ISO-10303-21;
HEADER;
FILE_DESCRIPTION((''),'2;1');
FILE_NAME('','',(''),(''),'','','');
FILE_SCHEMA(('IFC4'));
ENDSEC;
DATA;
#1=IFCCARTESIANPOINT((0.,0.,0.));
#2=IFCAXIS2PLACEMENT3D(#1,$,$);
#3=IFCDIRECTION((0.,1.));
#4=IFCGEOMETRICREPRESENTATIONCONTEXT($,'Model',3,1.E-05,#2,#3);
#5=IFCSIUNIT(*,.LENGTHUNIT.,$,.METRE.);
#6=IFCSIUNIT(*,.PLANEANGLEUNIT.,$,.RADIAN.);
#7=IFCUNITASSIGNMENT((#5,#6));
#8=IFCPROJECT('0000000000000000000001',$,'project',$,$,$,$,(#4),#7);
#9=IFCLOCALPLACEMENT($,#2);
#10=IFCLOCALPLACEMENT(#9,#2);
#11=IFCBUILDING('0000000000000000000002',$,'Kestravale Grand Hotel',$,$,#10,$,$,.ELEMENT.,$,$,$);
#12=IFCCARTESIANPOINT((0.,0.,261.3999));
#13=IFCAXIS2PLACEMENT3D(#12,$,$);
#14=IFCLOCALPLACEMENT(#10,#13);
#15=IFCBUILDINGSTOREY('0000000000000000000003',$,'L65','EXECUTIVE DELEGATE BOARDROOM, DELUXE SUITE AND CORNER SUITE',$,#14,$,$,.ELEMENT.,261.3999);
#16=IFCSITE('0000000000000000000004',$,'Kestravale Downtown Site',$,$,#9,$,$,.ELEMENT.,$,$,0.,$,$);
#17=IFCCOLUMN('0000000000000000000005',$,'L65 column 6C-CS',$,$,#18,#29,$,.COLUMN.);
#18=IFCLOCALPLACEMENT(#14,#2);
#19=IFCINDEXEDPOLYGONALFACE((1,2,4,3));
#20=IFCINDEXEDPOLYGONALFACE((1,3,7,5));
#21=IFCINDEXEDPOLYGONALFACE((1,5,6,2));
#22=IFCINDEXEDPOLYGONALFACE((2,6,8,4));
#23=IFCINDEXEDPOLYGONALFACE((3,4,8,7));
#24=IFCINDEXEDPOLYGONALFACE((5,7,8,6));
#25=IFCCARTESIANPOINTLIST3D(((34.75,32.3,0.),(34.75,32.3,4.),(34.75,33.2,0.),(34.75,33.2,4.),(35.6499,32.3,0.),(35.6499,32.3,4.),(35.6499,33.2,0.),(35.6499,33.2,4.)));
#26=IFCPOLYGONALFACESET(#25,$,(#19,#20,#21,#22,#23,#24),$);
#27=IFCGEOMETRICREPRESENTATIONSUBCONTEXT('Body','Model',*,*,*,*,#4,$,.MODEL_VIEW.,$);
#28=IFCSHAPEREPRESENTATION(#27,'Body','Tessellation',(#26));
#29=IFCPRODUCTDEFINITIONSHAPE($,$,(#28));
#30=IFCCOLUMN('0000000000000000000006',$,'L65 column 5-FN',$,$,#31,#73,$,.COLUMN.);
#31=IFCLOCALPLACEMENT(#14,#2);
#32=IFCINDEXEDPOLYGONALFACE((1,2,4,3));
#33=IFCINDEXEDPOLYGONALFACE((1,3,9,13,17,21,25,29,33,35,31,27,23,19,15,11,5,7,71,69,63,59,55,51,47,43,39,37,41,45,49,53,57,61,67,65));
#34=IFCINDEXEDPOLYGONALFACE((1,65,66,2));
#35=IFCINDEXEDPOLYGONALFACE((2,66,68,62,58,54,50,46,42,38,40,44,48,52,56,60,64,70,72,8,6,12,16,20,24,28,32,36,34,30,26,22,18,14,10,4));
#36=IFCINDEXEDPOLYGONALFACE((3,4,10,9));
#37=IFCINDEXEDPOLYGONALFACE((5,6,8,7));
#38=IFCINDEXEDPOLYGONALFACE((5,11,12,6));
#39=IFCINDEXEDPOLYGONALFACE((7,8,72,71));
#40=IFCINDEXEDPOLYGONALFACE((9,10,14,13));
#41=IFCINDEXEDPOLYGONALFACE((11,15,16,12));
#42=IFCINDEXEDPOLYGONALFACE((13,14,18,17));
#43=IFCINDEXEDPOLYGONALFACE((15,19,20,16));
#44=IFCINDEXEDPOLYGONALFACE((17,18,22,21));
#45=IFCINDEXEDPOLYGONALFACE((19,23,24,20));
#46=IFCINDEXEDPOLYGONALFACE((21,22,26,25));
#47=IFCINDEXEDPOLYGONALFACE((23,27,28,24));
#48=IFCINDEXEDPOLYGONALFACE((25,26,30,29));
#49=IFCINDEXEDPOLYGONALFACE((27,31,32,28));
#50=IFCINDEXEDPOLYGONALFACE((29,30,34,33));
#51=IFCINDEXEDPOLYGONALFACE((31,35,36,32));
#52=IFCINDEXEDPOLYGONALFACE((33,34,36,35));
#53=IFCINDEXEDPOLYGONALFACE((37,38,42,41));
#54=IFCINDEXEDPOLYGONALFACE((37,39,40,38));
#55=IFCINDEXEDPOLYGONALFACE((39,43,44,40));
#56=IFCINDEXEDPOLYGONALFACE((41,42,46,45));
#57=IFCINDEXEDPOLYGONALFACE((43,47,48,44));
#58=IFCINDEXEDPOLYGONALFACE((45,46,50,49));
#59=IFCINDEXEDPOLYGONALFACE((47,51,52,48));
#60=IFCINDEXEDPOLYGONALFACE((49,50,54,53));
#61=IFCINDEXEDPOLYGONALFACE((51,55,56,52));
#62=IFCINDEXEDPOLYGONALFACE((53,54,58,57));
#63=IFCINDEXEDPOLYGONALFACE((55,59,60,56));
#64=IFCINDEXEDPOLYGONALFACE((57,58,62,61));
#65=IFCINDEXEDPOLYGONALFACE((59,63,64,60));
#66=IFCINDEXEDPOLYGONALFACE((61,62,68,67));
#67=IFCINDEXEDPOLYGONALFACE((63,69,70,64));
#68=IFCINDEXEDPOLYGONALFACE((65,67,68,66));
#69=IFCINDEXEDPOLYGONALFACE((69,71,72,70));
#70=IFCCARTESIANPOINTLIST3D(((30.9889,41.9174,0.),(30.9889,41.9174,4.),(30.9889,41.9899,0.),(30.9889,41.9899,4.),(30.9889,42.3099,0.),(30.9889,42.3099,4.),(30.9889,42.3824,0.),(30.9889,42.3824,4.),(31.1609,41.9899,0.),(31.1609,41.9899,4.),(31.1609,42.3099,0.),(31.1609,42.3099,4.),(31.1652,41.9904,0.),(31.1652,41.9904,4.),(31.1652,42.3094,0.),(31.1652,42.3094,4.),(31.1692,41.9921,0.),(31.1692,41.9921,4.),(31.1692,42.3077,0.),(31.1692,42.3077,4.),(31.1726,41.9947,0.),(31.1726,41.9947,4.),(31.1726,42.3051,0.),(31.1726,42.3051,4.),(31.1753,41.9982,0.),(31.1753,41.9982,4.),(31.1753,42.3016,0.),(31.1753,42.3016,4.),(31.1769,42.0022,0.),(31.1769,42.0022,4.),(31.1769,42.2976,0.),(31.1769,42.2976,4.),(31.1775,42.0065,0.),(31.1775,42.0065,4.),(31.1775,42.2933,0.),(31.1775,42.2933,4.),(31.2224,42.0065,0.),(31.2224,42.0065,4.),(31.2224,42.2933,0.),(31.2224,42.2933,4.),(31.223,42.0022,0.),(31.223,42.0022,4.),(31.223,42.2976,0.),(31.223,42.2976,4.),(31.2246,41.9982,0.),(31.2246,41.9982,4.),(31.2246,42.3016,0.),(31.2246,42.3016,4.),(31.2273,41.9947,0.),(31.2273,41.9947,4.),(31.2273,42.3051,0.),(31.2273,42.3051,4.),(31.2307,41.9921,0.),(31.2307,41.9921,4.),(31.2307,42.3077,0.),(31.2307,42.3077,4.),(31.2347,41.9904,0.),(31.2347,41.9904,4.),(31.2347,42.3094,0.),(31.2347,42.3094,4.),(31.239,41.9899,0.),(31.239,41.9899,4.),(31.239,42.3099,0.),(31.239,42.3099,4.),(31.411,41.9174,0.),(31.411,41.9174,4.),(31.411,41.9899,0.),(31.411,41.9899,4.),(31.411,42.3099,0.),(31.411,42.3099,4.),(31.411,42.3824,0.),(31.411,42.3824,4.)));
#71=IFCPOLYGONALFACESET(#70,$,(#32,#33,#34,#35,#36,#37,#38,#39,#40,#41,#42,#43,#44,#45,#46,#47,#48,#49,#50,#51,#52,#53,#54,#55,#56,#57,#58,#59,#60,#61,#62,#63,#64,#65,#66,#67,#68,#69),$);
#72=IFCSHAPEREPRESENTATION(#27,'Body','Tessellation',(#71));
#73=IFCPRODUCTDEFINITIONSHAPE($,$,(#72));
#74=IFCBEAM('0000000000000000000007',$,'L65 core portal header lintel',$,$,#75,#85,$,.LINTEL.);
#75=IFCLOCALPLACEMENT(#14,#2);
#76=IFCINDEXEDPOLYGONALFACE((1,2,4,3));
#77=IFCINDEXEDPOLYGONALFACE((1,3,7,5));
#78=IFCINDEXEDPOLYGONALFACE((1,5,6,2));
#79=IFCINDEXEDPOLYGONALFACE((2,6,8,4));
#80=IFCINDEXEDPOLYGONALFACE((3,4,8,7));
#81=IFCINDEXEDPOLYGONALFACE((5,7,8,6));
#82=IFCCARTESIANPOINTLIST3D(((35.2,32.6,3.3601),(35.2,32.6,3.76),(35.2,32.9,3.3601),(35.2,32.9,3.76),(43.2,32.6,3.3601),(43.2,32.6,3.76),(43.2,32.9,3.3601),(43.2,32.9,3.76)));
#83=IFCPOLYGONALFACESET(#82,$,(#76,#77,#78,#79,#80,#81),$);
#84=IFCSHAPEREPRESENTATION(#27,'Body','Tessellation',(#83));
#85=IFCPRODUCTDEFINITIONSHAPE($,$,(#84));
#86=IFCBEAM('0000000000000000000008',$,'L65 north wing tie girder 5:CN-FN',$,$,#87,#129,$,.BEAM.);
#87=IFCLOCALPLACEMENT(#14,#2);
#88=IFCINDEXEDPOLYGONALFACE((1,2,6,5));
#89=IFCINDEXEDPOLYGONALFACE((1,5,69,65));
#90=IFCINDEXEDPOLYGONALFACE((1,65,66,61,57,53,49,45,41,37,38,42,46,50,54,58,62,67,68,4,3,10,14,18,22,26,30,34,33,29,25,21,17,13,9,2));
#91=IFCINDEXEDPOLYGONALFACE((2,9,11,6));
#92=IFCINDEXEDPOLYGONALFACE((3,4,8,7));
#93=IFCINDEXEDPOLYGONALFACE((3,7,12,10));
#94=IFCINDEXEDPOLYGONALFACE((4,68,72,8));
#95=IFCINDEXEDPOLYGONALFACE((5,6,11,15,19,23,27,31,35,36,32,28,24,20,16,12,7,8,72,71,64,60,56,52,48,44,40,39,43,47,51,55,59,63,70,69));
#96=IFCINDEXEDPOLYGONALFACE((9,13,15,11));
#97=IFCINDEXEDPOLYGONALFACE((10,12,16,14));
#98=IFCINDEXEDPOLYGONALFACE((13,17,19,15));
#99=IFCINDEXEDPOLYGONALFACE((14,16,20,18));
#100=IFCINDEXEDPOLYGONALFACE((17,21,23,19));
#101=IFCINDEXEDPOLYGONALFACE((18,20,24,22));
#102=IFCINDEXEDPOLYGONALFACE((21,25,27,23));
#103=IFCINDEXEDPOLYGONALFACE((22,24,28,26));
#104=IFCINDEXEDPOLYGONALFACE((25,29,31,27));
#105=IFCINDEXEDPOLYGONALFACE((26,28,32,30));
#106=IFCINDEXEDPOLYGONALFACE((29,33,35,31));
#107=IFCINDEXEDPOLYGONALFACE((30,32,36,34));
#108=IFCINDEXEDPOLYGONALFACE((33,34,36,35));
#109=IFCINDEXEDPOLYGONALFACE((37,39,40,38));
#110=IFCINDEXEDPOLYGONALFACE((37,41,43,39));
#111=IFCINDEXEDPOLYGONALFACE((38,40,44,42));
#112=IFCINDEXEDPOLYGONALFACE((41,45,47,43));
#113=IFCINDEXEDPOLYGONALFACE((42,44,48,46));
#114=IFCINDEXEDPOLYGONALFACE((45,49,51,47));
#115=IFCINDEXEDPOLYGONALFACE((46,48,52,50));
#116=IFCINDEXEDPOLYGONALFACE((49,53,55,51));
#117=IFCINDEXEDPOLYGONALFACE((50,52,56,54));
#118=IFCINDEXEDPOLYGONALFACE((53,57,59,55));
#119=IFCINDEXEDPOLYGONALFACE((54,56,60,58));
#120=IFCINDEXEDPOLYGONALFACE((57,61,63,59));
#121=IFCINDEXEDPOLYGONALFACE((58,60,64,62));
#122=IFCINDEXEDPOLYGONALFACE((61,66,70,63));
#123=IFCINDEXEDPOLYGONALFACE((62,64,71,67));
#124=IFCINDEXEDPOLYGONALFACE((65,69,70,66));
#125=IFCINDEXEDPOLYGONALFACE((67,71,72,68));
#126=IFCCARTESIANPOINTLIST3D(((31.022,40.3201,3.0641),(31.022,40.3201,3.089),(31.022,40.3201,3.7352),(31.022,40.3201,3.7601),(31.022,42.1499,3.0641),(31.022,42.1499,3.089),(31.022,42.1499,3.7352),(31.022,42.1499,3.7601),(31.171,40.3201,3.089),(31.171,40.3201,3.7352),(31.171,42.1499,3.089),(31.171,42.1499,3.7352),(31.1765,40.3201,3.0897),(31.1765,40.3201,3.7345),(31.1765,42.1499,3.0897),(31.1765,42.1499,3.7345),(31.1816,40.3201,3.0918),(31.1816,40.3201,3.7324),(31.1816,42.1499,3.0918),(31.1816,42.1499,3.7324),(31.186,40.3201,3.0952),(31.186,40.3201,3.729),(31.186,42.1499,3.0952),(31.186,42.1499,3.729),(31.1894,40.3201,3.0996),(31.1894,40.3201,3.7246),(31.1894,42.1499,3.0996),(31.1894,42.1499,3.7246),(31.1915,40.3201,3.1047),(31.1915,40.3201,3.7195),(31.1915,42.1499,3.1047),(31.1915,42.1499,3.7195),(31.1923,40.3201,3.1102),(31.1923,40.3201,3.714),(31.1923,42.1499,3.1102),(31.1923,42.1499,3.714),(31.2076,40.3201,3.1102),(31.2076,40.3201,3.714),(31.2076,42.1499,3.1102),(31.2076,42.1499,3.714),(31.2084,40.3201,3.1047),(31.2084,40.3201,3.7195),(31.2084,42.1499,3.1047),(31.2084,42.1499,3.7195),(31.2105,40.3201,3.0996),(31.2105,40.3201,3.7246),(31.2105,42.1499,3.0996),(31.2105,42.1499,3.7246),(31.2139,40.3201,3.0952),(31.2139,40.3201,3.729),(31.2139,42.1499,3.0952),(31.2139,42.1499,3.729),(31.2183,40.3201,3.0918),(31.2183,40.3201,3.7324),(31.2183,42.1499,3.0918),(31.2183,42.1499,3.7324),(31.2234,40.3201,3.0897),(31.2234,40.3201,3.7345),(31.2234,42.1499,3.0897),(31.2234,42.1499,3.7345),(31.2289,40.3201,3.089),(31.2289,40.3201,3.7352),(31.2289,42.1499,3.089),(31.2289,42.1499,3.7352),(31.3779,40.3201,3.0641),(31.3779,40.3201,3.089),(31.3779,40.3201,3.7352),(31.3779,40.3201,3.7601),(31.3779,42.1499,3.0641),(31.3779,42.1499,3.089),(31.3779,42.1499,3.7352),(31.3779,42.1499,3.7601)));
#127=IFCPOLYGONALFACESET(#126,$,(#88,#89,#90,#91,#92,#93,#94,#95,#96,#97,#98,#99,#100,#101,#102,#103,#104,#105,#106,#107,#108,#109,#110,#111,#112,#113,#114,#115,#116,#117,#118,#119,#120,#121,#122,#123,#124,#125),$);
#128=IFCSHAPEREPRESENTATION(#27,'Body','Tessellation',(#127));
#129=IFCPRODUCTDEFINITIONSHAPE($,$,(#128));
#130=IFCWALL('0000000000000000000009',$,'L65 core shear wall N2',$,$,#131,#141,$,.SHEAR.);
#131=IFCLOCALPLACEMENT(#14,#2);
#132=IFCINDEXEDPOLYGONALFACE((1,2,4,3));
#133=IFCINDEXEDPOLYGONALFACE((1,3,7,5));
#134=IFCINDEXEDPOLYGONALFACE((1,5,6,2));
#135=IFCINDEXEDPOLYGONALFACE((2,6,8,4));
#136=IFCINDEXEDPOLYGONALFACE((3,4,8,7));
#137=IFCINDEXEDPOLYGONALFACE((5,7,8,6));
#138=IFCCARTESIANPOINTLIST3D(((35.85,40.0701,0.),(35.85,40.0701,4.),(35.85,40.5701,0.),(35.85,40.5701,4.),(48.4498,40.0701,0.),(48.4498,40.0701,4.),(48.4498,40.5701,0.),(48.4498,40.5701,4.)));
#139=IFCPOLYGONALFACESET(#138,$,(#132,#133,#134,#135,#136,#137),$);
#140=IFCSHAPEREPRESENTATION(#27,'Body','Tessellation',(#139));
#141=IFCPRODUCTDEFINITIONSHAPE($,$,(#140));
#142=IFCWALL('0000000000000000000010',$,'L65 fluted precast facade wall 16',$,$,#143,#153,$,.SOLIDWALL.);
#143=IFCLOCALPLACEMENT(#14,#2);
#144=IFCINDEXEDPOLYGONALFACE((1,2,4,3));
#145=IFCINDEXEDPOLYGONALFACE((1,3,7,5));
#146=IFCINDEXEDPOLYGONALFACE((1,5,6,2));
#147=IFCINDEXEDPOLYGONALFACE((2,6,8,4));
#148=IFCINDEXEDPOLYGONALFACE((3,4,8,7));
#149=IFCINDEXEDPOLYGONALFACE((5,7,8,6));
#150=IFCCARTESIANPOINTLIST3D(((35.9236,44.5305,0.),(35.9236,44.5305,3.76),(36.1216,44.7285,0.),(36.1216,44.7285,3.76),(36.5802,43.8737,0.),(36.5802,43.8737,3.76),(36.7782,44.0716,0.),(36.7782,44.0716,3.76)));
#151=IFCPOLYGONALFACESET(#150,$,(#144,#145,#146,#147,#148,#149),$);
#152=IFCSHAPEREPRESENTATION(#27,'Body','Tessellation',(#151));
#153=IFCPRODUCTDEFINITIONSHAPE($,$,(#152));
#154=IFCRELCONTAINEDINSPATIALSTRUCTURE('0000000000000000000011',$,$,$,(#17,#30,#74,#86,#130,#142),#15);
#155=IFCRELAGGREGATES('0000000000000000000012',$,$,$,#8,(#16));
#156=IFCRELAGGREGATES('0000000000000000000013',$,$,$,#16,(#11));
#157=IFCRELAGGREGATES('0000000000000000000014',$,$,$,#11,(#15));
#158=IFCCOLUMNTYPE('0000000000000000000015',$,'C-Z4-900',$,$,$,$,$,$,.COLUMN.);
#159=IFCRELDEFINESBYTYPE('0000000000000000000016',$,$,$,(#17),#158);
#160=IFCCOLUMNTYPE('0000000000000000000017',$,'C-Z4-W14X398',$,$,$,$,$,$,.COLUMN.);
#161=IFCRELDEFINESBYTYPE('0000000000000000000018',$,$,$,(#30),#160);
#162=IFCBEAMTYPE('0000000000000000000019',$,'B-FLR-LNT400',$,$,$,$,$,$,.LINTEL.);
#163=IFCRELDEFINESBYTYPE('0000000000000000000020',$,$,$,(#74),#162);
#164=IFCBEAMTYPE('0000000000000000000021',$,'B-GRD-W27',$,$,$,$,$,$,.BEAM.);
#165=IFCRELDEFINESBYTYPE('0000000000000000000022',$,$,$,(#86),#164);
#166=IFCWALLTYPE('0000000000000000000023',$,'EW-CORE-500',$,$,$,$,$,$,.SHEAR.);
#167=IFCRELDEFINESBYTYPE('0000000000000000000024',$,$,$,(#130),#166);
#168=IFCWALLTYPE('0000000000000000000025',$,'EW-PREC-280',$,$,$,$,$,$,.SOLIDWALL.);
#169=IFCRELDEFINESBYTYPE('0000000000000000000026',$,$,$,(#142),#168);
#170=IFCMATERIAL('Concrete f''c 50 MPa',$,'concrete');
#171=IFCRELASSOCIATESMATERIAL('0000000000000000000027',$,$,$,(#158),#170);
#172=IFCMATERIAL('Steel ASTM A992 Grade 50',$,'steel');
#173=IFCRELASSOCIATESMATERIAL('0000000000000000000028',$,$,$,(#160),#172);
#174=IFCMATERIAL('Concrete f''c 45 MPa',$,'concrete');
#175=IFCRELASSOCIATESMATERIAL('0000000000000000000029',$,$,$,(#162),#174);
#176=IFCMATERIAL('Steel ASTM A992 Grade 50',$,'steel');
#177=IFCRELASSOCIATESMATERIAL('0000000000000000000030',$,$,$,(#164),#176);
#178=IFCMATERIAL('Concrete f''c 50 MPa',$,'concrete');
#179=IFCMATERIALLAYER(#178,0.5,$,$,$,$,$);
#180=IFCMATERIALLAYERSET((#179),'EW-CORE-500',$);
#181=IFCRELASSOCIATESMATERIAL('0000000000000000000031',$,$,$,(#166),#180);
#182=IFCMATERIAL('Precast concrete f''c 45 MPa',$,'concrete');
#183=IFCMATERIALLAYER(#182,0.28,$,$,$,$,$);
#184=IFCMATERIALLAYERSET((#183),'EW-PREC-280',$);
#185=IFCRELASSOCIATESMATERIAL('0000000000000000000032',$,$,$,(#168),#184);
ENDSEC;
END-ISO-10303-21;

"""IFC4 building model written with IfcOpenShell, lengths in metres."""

from ifc_helpers import new_model, si_unit, direction, frame, frame_2d, origin, origin_2d, place, context, subcontext, project, spatial, rectangle, i_section, extrude, material, layer, layer_set, material_profile, profile_set, type_object, element, save


model = new_model("IFC4")

# Units and contexts
model_context = context("Model", 3, precision=1e-05, world=origin(), true_north=direction((0.0, 1.0)))
body_context = subcontext(model_context, "Body", "Model", "MODEL_VIEW")
ifc_project = project(units=[si_unit("LENGTHUNIT", "METRE"), si_unit("PLANEANGLEUNIT", "RADIAN")], contexts=[model_context])

# Site, building, storey
site_placement = place(None, origin())
site = spatial("IfcSite", under=ifc_project, at=site_placement, Name="Kestravale Downtown Site", CompositionType="ELEMENT", RefElevation=0.0)
building_placement = place(site_placement, origin())
building = spatial("IfcBuilding", under=site, at=building_placement, Name="Kestravale Grand Hotel", CompositionType="ELEMENT")
storey_placement = place(building_placement, frame((0.0, 0.0, 261.3999)))
storey = spatial("IfcBuildingStorey", under=building, at=storey_placement, Name="L65", Description="EXECUTIVE DELEGATE BOARDROOM, DELUXE SUITE AND CORNER SUITE", CompositionType="ELEMENT", Elevation=261.3999)

# Columns
ifc_material_1 = material(Name="Concrete f'c 50 MPa", Category="concrete")
ifc_material_profile_1 = material_profile(ifc_material_1, rectangle(XDim=0.8999, YDim=0.8999, at=origin_2d()))
ifc_profile_set_1 = profile_set([ifc_material_profile_1], Name="Concrete f'c 50 MPa")
column_type_1 = type_object("IfcColumnType", Name="C-Z4-900", PredefinedType="COLUMN", material=ifc_profile_set_1)
column_1_placement = place(storey_placement, frame((35.2, 32.75, 0.0), z_axis=(0.0, 0.0, 1.0), x_axis=(1.0, 0.0, 0.0)))
element("IfcColumn", 1, at=column_1_placement, inside=storey, type_object=column_type_1, Name="L65 column 6C-CS", PredefinedType="COLUMN", context=body_context, shape_type="SweptSolid", body=[
    extrude(rectangle(XDim=0.8999, YDim=0.8999, at=origin_2d()), origin(), (0.0, 0.0, 1.0), 4.0),
])
ifc_material_2 = material(Name="Steel ASTM A992 Grade 50", Category="steel")
ifc_material_profile_2 = material_profile(ifc_material_2, i_section(OverallWidth=0.4221, OverallDepth=0.4651, WebThickness=0.0449, FlangeThickness=0.0725, FilletRadius=0.0166, at=origin_2d()))
ifc_profile_set_2 = profile_set([ifc_material_profile_2], Name="Steel ASTM A992 Grade 50")
column_type_2 = type_object("IfcColumnType", Name="C-Z4-W14X398", PredefinedType="COLUMN", material=ifc_profile_set_2)
column_2_placement = place(storey_placement, frame((31.2, 42.1499, 0.0), z_axis=(0.0, 0.0, 1.0), x_axis=(1.0, 0.0, 0.0)))
element("IfcColumn", 2, at=column_2_placement, inside=storey, type_object=column_type_2, Name="L65 column 5-FN", PredefinedType="COLUMN", context=body_context, shape_type="SweptSolid", body=[
    extrude(i_section(OverallWidth=0.4221, OverallDepth=0.4651, WebThickness=0.0449, FlangeThickness=0.0725, FilletRadius=0.0166, at=origin_2d()), origin(), (0.0, 0.0, 1.0), 4.0),
])

# Beams
ifc_material_3 = material(Name="Concrete f'c 45 MPa", Category="concrete")
ifc_material_profile_3 = material_profile(ifc_material_3, rectangle(XDim=0.3, YDim=0.3999, at=origin_2d()))
ifc_profile_set_3 = profile_set([ifc_material_profile_3], Name="Concrete f'c 45 MPa")
beam_type_1 = type_object("IfcBeamType", Name="B-FLR-LNT400", PredefinedType="LINTEL", material=ifc_profile_set_3)
beam_1_placement = place(storey_placement, frame((35.2, 32.75, 3.5601), z_axis=(1.0, 0.0, 0.0), x_axis=(0.0, 1.0, 0.0)))
element("IfcBeam", 3, at=beam_1_placement, inside=storey, type_object=beam_type_1, Name="L65 core portal header lintel", PredefinedType="LINTEL", context=body_context, shape_type="SweptSolid", body=[
    extrude(rectangle(XDim=0.3, YDim=0.3999, at=origin_2d()), origin(), (0.0, 0.0, 1.0), 8.0),
])
ifc_material_4 = material(Name="Steel ASTM A992 Grade 50", Category="steel")
ifc_material_profile_4 = material_profile(ifc_material_4, i_section(OverallWidth=0.356, OverallDepth=0.696, WebThickness=0.0154, FlangeThickness=0.0249, FilletRadius=0.0212, at=origin_2d()))
ifc_profile_set_4 = profile_set([ifc_material_profile_4], Name="Steel ASTM A992 Grade 50")
beam_type_2 = type_object("IfcBeamType", Name="B-GRD-W27", PredefinedType="BEAM", material=ifc_profile_set_4)
beam_2_placement = place(storey_placement, frame((31.2, 40.3201, 3.4121), z_axis=(0.0, 1.0, 0.0), x_axis=(-1.0, 0.0, 0.0)))
element("IfcBeam", 4, at=beam_2_placement, inside=storey, type_object=beam_type_2, Name="L65 north wing tie girder 5:CN-FN", PredefinedType="BEAM", context=body_context, shape_type="SweptSolid", body=[
    extrude(i_section(OverallWidth=0.356, OverallDepth=0.696, WebThickness=0.0154, FlangeThickness=0.0249, FilletRadius=0.0212, at=origin_2d()), origin(), (0.0, 0.0, 1.0), 1.8298),
])

# Wall
ifc_material_5 = material(Name="Concrete f'c 50 MPa", Category="concrete")
ifc_layer_1 = layer(ifc_material_5, 0.5)
ifc_layer_set_1 = layer_set([ifc_layer_1], Name="EW-CORE-500")
wall_type_1 = type_object("IfcWallType", Name="EW-CORE-500", PredefinedType="SHEAR", material=ifc_layer_set_1)
wall_1_placement = place(storey_placement, frame((35.8501, 40.3201, 0.0), z_axis=(0.0, 0.0, 1.0), x_axis=(1.0, 0.0, 0.0)))
element("IfcWall", 5, at=wall_1_placement, inside=storey, type_object=wall_type_1, Name="L65 core shear wall N2", PredefinedType="SHEAR", context=body_context, shape_type="SweptSolid", body=[
    extrude(rectangle(XDim=12.5999, YDim=0.5, at=frame_2d((6.2998, 0.0))), origin(), (0.0, 0.0, 1.0), 4.0),
])

# Wall
ifc_material_6 = material(Name="Precast concrete f'c 45 MPa", Category="concrete")
ifc_layer_2 = layer(ifc_material_6, 0.28)
ifc_layer_set_2 = layer_set([ifc_layer_2], Name="EW-PREC-280")
wall_type_2 = type_object("IfcWallType", Name="EW-PREC-280", PredefinedType="SOLIDWALL", material=ifc_layer_set_2)
wall_2_placement = place(storey_placement, frame((36.6792, 43.9727, 0.0), z_axis=(0.0, 0.0, 1.0), x_axis=(-0.706975, 0.707238, 0.0)))
element("IfcWall", 6, at=wall_2_placement, inside=storey, type_object=wall_type_2, Name="L65 fluted precast facade wall 16", PredefinedType="SOLIDWALL", context=body_context, shape_type="SweptSolid", body=[
    extrude(rectangle(XDim=0.9287, YDim=0.28, at=frame_2d((0.4644, 0.0))), origin(), (0.0, 0.0, 1.0), 3.76),
])

save(model, "model.ifc")
